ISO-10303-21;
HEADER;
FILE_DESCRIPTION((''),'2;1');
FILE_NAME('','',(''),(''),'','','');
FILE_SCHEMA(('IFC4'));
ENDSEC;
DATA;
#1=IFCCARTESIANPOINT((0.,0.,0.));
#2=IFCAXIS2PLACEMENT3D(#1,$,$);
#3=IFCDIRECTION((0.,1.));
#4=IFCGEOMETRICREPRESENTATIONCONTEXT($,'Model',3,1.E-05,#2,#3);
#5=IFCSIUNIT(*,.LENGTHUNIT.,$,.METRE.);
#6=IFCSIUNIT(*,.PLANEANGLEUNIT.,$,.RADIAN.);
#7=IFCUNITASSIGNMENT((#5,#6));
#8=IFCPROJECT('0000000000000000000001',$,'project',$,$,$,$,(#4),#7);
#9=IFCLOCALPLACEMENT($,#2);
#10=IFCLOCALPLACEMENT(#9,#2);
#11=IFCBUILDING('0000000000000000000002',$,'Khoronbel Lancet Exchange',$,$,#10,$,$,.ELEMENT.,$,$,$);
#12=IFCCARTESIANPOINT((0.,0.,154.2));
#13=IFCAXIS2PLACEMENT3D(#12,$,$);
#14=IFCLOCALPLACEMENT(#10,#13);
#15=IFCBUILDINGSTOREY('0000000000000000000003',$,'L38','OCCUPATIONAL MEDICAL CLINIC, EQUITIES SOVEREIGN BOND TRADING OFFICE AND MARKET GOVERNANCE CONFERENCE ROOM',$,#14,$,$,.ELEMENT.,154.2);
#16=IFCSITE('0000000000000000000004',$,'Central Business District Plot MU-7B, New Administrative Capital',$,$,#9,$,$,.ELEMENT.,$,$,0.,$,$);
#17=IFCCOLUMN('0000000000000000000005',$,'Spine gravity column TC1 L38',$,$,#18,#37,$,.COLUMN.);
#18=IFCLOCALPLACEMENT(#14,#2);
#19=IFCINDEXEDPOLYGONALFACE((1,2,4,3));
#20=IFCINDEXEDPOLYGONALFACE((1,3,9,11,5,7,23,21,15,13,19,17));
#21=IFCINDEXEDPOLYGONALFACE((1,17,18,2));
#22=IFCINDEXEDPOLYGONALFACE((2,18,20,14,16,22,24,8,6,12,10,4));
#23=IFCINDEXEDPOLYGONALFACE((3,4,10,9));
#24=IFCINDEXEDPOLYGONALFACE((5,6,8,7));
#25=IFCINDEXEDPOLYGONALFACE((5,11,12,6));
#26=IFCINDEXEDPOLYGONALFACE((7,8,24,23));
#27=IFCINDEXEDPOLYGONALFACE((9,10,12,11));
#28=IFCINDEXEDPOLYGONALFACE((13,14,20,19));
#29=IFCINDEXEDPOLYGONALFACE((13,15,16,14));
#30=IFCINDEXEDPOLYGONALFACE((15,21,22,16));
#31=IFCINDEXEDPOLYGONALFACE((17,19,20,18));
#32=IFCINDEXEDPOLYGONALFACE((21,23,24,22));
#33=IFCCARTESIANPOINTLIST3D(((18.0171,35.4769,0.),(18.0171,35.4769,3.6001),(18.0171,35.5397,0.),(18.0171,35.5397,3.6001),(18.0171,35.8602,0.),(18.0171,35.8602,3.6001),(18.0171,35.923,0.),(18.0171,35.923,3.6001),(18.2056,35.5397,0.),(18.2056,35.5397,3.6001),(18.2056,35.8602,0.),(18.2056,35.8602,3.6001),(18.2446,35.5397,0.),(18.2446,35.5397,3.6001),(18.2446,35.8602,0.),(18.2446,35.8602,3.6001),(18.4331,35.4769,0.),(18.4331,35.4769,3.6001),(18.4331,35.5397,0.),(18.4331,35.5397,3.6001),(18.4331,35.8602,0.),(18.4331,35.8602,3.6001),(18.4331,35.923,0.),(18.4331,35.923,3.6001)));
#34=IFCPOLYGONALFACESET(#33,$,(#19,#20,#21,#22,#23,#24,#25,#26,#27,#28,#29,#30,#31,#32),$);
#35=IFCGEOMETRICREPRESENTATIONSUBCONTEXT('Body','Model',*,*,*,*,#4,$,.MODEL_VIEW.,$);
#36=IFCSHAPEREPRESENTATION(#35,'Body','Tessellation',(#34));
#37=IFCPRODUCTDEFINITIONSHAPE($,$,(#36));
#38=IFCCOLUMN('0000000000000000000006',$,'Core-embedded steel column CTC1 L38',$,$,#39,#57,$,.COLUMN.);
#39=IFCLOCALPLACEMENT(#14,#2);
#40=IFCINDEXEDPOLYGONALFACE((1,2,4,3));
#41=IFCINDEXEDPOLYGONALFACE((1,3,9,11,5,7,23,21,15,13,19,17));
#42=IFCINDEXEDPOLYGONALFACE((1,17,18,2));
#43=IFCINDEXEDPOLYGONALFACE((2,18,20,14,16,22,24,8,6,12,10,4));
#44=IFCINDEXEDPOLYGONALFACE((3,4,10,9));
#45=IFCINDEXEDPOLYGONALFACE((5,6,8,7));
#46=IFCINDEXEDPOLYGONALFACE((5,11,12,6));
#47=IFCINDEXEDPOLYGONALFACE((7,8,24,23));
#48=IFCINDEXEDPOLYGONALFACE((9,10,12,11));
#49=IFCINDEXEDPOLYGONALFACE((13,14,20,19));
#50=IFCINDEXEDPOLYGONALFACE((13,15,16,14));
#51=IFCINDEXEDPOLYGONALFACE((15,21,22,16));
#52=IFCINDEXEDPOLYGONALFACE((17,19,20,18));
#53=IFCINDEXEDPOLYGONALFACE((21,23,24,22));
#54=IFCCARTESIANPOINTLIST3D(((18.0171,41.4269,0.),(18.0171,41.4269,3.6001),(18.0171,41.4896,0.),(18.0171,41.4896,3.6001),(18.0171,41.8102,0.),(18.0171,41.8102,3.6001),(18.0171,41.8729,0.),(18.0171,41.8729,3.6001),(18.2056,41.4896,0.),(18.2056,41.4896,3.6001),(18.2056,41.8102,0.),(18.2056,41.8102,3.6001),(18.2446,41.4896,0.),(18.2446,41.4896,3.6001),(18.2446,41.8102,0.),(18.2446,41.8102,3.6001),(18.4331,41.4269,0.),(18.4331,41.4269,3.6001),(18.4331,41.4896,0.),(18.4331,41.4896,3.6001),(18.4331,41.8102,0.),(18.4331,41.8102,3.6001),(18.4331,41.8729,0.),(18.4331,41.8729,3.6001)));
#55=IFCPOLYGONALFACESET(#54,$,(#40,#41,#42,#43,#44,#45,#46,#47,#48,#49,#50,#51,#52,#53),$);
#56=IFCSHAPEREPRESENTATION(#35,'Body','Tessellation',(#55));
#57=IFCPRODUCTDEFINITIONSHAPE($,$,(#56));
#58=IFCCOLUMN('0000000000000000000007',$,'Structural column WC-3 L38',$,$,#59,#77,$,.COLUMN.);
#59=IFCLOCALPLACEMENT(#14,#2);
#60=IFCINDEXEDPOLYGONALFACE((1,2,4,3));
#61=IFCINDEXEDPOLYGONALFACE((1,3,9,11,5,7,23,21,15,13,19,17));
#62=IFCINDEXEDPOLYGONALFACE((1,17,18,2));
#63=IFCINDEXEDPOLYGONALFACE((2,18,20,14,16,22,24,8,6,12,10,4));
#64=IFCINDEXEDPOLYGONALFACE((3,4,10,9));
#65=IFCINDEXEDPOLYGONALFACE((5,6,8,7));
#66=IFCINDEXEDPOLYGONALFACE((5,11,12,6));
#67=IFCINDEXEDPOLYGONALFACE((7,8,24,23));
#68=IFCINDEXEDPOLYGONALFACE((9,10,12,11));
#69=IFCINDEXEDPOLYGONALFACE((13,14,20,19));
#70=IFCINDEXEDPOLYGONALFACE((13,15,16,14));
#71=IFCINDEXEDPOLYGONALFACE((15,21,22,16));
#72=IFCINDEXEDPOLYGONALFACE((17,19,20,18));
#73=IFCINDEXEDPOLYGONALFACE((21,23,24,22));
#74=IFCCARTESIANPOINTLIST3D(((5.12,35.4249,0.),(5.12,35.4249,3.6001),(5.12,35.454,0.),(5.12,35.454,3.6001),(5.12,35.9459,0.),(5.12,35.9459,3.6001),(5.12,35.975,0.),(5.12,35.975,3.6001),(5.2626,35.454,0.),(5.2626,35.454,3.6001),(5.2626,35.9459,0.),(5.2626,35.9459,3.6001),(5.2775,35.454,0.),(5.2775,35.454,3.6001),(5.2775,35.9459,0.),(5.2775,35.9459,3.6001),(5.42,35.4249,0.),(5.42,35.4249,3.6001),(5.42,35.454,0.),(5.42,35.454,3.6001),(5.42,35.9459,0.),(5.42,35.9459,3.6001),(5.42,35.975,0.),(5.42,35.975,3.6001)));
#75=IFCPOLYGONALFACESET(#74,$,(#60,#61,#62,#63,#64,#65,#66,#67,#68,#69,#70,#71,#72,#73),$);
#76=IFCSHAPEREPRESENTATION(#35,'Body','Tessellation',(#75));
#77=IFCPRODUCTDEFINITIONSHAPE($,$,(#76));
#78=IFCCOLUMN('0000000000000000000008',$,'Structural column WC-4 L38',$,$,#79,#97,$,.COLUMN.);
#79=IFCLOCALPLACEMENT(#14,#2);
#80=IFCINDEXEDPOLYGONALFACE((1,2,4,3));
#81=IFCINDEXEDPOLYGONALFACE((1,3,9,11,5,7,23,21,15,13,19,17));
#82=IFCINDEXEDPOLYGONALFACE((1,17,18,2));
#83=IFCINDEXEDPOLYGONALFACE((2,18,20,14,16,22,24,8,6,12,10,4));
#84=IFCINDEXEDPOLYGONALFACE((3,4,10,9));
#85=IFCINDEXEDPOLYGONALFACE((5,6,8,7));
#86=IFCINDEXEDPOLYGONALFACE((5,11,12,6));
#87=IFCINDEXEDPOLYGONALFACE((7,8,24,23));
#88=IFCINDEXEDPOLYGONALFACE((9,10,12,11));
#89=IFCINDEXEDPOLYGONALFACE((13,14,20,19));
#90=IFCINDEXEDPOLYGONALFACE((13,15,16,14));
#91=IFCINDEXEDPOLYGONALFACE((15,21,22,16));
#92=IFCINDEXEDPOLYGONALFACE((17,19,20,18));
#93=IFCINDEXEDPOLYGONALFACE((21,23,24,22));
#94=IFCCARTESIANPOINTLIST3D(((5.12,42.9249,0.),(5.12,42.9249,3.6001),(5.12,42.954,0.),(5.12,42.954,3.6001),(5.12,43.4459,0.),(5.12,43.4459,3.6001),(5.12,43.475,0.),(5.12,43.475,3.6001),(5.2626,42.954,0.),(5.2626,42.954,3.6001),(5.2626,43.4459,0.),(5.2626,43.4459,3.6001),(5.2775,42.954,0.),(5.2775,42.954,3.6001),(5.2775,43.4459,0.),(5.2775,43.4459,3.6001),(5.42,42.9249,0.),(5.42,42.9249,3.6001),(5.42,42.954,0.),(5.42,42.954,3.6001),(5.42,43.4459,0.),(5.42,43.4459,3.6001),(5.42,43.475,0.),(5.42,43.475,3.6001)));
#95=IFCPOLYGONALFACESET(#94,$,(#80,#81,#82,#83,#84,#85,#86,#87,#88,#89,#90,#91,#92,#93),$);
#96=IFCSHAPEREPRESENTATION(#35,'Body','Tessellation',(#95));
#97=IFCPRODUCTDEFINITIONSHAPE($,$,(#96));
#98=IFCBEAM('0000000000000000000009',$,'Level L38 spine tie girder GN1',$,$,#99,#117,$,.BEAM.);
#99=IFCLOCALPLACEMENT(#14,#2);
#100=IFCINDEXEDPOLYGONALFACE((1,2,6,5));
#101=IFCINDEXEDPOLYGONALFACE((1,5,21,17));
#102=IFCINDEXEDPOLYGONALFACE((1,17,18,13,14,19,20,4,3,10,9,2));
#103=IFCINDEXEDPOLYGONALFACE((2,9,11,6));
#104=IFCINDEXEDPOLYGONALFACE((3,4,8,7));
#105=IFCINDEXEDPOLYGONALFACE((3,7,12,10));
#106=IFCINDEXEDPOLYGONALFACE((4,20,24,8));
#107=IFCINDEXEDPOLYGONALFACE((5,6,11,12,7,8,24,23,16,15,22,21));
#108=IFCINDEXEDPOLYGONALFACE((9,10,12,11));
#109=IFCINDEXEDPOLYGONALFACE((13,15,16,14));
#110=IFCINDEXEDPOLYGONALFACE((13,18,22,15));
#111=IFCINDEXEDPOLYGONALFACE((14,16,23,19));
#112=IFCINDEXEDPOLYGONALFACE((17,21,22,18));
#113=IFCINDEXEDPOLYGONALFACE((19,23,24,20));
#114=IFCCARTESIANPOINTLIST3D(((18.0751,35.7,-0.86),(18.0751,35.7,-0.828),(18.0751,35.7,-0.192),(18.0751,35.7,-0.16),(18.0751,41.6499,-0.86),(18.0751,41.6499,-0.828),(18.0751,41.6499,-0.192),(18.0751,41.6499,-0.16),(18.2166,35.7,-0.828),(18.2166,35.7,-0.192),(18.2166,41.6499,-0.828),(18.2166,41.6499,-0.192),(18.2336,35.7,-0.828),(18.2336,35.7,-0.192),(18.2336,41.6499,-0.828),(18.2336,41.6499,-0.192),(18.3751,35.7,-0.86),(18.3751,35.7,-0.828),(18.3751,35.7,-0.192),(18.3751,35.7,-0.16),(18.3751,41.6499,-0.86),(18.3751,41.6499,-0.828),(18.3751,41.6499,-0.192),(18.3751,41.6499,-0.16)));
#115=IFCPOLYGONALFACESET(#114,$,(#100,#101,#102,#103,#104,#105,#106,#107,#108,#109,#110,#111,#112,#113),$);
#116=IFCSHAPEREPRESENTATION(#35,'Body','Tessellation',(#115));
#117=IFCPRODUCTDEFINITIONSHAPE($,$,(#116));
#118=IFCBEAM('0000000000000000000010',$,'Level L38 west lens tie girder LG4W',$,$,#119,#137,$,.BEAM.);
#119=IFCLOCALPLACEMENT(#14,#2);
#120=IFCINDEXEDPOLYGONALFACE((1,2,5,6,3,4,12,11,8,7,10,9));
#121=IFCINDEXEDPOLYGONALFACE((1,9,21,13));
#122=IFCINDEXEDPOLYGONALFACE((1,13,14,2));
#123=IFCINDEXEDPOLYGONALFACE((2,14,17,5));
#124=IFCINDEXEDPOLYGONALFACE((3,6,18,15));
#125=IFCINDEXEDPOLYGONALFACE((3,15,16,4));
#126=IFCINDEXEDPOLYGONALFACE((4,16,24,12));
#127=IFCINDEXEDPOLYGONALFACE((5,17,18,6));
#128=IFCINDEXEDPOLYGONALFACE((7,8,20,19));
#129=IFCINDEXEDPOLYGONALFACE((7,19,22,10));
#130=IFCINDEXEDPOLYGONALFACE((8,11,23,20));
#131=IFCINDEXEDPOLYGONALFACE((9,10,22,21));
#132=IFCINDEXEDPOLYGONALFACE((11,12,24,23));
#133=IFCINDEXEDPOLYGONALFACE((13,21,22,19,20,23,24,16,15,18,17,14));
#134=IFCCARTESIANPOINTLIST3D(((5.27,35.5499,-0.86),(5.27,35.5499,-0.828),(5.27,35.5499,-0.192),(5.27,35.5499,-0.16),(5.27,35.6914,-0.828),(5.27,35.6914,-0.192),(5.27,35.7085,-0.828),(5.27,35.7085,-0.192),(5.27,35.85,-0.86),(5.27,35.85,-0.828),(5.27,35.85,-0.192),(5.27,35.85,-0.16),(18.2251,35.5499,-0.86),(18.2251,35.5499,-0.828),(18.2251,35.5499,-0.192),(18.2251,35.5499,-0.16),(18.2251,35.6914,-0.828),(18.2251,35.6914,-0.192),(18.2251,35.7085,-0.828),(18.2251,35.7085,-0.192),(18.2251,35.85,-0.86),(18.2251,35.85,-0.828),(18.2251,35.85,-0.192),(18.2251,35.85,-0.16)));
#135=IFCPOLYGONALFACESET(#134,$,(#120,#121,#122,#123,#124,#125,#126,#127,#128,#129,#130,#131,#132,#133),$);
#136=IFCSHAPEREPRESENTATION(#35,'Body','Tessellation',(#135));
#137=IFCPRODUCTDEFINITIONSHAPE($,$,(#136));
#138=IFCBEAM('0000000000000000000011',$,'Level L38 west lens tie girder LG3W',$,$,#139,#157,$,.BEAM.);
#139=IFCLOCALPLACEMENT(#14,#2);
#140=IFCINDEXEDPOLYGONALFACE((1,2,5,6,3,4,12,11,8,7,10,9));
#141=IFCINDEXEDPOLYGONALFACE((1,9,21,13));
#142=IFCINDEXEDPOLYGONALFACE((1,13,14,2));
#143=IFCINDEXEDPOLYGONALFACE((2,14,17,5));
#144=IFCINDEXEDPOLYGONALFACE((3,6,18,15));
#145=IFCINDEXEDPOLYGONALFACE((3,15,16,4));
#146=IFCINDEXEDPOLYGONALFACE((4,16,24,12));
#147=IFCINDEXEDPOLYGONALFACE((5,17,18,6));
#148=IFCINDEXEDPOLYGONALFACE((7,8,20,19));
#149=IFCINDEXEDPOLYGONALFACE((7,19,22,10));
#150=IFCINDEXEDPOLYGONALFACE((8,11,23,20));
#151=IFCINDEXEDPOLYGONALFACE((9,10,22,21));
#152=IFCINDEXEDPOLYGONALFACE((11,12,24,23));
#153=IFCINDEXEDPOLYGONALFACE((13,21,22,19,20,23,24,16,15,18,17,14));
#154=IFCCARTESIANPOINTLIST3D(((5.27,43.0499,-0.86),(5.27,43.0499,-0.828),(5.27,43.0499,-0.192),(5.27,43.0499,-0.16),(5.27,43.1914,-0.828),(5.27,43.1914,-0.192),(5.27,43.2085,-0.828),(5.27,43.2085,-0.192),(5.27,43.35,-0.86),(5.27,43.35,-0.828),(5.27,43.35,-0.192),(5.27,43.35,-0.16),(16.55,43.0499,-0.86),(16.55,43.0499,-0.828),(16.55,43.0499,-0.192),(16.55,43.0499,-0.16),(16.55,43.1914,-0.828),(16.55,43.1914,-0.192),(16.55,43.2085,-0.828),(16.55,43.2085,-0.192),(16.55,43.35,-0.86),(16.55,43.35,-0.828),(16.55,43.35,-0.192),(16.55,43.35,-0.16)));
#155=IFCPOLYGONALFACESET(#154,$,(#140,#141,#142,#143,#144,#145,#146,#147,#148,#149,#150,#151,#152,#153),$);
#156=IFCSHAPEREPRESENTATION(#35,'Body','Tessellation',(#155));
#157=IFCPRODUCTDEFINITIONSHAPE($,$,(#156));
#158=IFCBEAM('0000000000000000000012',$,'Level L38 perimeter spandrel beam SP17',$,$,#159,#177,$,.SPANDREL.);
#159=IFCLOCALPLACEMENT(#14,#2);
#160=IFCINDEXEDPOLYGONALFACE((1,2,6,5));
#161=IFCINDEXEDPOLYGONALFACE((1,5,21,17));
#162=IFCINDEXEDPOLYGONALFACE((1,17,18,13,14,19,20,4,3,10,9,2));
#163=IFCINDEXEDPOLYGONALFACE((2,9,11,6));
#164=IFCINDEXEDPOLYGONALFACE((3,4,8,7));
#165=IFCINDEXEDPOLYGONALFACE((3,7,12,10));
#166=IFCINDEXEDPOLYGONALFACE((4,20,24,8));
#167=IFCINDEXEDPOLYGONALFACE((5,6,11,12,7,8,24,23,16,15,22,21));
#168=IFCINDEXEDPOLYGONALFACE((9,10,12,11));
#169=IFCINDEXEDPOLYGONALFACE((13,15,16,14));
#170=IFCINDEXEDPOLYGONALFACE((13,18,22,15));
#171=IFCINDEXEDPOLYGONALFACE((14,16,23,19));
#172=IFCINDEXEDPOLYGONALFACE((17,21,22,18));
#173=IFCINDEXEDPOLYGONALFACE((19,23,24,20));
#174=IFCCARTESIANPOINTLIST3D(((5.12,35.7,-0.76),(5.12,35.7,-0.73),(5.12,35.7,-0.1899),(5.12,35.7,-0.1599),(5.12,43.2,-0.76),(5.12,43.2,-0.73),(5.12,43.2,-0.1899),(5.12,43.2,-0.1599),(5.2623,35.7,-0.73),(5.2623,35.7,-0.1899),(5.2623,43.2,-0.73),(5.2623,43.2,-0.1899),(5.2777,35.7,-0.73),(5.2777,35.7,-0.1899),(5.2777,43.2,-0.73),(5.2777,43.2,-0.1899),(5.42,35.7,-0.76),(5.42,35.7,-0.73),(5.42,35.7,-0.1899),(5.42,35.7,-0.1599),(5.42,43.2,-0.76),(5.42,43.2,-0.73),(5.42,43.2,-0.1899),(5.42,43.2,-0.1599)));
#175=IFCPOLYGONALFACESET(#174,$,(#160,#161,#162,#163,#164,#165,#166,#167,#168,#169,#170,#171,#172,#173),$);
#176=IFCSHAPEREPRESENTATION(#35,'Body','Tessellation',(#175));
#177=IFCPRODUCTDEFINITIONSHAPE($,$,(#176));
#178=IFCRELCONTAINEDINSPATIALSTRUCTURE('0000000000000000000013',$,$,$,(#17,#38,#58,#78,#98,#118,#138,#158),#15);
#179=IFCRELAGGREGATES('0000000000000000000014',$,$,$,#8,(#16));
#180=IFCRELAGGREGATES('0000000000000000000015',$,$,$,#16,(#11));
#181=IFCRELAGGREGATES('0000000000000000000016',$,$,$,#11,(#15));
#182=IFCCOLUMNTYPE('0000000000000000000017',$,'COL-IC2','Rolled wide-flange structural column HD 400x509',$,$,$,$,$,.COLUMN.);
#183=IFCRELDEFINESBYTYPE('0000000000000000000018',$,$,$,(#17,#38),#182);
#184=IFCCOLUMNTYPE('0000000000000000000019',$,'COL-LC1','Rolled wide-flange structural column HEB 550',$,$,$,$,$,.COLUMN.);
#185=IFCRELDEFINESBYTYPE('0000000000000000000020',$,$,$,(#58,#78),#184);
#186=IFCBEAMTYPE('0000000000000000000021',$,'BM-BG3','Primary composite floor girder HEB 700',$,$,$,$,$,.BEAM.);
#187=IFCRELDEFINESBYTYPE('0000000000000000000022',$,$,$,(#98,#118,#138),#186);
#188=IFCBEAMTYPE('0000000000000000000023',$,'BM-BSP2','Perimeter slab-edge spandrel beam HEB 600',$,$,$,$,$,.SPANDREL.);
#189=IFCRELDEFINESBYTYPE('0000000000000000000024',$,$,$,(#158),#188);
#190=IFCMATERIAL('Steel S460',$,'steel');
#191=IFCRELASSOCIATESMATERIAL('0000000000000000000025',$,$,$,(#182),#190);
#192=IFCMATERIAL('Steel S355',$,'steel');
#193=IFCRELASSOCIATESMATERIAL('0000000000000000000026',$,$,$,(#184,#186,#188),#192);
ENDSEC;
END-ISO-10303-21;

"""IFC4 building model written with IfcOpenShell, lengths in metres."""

from ifc_helpers import new_model, si_unit, direction, frame, origin, origin_2d, place, context, subcontext, project, spatial, i_section, extrude, material, material_profile, profile_set, type_object, element, save


model = new_model("IFC4")

# Units and contexts
model_context = context("Model", 3, precision=1e-05, world=origin(), true_north=direction((0.0, 1.0)))
body_context = subcontext(model_context, "Body", "Model", "MODEL_VIEW")
ifc_project = project(units=[si_unit("LENGTHUNIT", "METRE"), si_unit("PLANEANGLEUNIT", "RADIAN")], contexts=[model_context])

# Site, building, storey
site_placement = place(None, origin())
site = spatial("IfcSite", under=ifc_project, at=site_placement, Name="Central Business District Plot MU-7B, New Administrative Capital", CompositionType="ELEMENT", RefElevation=0.0)
building_placement = place(site_placement, origin())
building = spatial("IfcBuilding", under=site, at=building_placement, Name="Khoronbel Lancet Exchange", CompositionType="ELEMENT")
storey_placement = place(building_placement, frame((0.0, 0.0, 154.2)))
storey = spatial("IfcBuildingStorey", under=building, at=storey_placement, Name="L38", Description="OCCUPATIONAL MEDICAL CLINIC, EQUITIES SOVEREIGN BOND TRADING OFFICE AND MARKET GOVERNANCE CONFERENCE ROOM", CompositionType="ELEMENT", Elevation=154.2)

# Columns
ifc_material_1 = material(Name="Steel S460", Category="steel")
ifc_material_profile_1 = material_profile(ifc_material_1, i_section(OverallWidth=0.416, OverallDepth=0.446, WebThickness=0.0391, FlangeThickness=0.0627, at=origin_2d()), Name="HD 400x509")
ifc_profile_set_1 = profile_set([ifc_material_profile_1], Name="Steel S460")
column_type_1 = type_object("IfcColumnType", Name="COL-IC2", Description="Rolled wide-flange structural column HD 400x509", PredefinedType="COLUMN", material=ifc_profile_set_1)
for number, where, z_axis, x_axis, name in (
    (1, (18.2251, 35.7, 0.0), (0.0, 0.0, 1.0), (1.0, 0.0, 0.0), "Spine gravity column TC1 L38"),
    (2, (18.2251, 41.6499, 0.0), (0.0, 0.0, 1.0), (1.0, 0.0, 0.0), "Core-embedded steel column CTC1 L38"),
):
    element("IfcColumn", number, at=place(storey_placement, frame(where, z_axis=z_axis, x_axis=x_axis)), inside=storey, type_object=column_type_1, Name=name, PredefinedType="COLUMN", context=body_context, shape_type="SweptSolid", body=[
        extrude(i_section(OverallWidth=0.416, OverallDepth=0.446, WebThickness=0.0391, FlangeThickness=0.0627, at=origin_2d()), origin(), (0.0, 0.0, 1.0), 3.6001),
    ])
ifc_material_2 = material(Name="Steel S355", Category="steel")
ifc_material_profile_2 = material_profile(ifc_material_2, i_section(OverallWidth=0.3, OverallDepth=0.55, WebThickness=0.0149, FlangeThickness=0.0291, at=origin_2d()), Name="HEB 550")
ifc_profile_set_2 = profile_set([ifc_material_profile_2], Name="Steel S355")
column_type_2 = type_object("IfcColumnType", Name="COL-LC1", Description="Rolled wide-flange structural column HEB 550", PredefinedType="COLUMN", material=ifc_profile_set_2)
for number, where, z_axis, x_axis, name in (
    (3, (5.27, 35.7, 0.0), (0.0, 0.0, 1.0), (1.0, 0.0, 0.0), "Structural column WC-3 L38"),
    (4, (5.27, 43.2, 0.0), (0.0, 0.0, 1.0), (1.0, 0.0, 0.0), "Structural column WC-4 L38"),
):
    element("IfcColumn", number, at=place(storey_placement, frame(where, z_axis=z_axis, x_axis=x_axis)), inside=storey, type_object=column_type_2, Name=name, PredefinedType="COLUMN", context=body_context, shape_type="SweptSolid", body=[
        extrude(i_section(OverallWidth=0.3, OverallDepth=0.55, WebThickness=0.0149, FlangeThickness=0.0291, at=origin_2d()), origin(), (0.0, 0.0, 1.0), 3.6001),
    ])

# Beams
ifc_material_profile_3 = material_profile(ifc_material_2, i_section(OverallWidth=0.3, OverallDepth=0.7, WebThickness=0.0171, FlangeThickness=0.032, at=origin_2d()), Name="HEB 700")
ifc_profile_set_3 = profile_set([ifc_material_profile_3], Name="Steel S355")
beam_type_1 = type_object("IfcBeamType", Name="BM-BG3", Description="Primary composite floor girder HEB 700", PredefinedType="BEAM", material=ifc_profile_set_3)
beam_1_placement = place(storey_placement, frame((18.2251, 35.7, -0.51), z_axis=(0.0, 1.0, 0.0), x_axis=(-1.0, 0.0, 0.0)))
element("IfcBeam", 5, at=beam_1_placement, inside=storey, type_object=beam_type_1, Name="Level L38 spine tie girder GN1", PredefinedType="BEAM", context=body_context, shape_type="SweptSolid", body=[
    extrude(i_section(OverallWidth=0.3, OverallDepth=0.7, WebThickness=0.0171, FlangeThickness=0.032, at=origin_2d()), origin(), (0.0, 0.0, 1.0), 5.95),
])
beam_2_placement = place(storey_placement, frame((5.27, 35.7, -0.51), z_axis=(1.0, 0.0, 0.0), x_axis=(0.0, 1.0, 0.0)))
element("IfcBeam", 6, at=beam_2_placement, inside=storey, type_object=beam_type_1, Name="Level L38 west lens tie girder LG4W", PredefinedType="BEAM", context=body_context, shape_type="SweptSolid", body=[
    extrude(i_section(OverallWidth=0.3, OverallDepth=0.7, WebThickness=0.0171, FlangeThickness=0.032, at=origin_2d()), origin(), (0.0, 0.0, 1.0), 12.9551),
])
beam_3_placement = place(storey_placement, frame((5.27, 43.2, -0.51), z_axis=(1.0, 0.0, 0.0), x_axis=(0.0, 1.0, 0.0)))
element("IfcBeam", 7, at=beam_3_placement, inside=storey, type_object=beam_type_1, Name="Level L38 west lens tie girder LG3W", PredefinedType="BEAM", context=body_context, shape_type="SweptSolid", body=[
    extrude(i_section(OverallWidth=0.3, OverallDepth=0.7, WebThickness=0.0171, FlangeThickness=0.032, at=origin_2d()), origin(), (0.0, 0.0, 1.0), 11.28),
])
ifc_material_profile_4 = material_profile(ifc_material_2, i_section(OverallWidth=0.3, OverallDepth=0.6001, WebThickness=0.0154, FlangeThickness=0.03, at=origin_2d()), Name="HEB 600")
ifc_profile_set_4 = profile_set([ifc_material_profile_4], Name="Steel S355")
beam_type_2 = type_object("IfcBeamType", Name="BM-BSP2", Description="Perimeter slab-edge spandrel beam HEB 600", PredefinedType="SPANDREL", material=ifc_profile_set_4)
beam_4_placement = place(storey_placement, frame((5.27, 43.2, -0.46), z_axis=(0.0, -1.0, 0.0), x_axis=(1.0, 0.0, 0.0)))
element("IfcBeam", 8, at=beam_4_placement, inside=storey, type_object=beam_type_2, Name="Level L38 perimeter spandrel beam SP17", PredefinedType="SPANDREL", context=body_context, shape_type="SweptSolid", body=[
    extrude(i_section(OverallWidth=0.3, OverallDepth=0.6001, WebThickness=0.0154, FlangeThickness=0.03, at=origin_2d()), origin(), (0.0, 0.0, 1.0), 7.5),
])

save(model, "model.ifc")
